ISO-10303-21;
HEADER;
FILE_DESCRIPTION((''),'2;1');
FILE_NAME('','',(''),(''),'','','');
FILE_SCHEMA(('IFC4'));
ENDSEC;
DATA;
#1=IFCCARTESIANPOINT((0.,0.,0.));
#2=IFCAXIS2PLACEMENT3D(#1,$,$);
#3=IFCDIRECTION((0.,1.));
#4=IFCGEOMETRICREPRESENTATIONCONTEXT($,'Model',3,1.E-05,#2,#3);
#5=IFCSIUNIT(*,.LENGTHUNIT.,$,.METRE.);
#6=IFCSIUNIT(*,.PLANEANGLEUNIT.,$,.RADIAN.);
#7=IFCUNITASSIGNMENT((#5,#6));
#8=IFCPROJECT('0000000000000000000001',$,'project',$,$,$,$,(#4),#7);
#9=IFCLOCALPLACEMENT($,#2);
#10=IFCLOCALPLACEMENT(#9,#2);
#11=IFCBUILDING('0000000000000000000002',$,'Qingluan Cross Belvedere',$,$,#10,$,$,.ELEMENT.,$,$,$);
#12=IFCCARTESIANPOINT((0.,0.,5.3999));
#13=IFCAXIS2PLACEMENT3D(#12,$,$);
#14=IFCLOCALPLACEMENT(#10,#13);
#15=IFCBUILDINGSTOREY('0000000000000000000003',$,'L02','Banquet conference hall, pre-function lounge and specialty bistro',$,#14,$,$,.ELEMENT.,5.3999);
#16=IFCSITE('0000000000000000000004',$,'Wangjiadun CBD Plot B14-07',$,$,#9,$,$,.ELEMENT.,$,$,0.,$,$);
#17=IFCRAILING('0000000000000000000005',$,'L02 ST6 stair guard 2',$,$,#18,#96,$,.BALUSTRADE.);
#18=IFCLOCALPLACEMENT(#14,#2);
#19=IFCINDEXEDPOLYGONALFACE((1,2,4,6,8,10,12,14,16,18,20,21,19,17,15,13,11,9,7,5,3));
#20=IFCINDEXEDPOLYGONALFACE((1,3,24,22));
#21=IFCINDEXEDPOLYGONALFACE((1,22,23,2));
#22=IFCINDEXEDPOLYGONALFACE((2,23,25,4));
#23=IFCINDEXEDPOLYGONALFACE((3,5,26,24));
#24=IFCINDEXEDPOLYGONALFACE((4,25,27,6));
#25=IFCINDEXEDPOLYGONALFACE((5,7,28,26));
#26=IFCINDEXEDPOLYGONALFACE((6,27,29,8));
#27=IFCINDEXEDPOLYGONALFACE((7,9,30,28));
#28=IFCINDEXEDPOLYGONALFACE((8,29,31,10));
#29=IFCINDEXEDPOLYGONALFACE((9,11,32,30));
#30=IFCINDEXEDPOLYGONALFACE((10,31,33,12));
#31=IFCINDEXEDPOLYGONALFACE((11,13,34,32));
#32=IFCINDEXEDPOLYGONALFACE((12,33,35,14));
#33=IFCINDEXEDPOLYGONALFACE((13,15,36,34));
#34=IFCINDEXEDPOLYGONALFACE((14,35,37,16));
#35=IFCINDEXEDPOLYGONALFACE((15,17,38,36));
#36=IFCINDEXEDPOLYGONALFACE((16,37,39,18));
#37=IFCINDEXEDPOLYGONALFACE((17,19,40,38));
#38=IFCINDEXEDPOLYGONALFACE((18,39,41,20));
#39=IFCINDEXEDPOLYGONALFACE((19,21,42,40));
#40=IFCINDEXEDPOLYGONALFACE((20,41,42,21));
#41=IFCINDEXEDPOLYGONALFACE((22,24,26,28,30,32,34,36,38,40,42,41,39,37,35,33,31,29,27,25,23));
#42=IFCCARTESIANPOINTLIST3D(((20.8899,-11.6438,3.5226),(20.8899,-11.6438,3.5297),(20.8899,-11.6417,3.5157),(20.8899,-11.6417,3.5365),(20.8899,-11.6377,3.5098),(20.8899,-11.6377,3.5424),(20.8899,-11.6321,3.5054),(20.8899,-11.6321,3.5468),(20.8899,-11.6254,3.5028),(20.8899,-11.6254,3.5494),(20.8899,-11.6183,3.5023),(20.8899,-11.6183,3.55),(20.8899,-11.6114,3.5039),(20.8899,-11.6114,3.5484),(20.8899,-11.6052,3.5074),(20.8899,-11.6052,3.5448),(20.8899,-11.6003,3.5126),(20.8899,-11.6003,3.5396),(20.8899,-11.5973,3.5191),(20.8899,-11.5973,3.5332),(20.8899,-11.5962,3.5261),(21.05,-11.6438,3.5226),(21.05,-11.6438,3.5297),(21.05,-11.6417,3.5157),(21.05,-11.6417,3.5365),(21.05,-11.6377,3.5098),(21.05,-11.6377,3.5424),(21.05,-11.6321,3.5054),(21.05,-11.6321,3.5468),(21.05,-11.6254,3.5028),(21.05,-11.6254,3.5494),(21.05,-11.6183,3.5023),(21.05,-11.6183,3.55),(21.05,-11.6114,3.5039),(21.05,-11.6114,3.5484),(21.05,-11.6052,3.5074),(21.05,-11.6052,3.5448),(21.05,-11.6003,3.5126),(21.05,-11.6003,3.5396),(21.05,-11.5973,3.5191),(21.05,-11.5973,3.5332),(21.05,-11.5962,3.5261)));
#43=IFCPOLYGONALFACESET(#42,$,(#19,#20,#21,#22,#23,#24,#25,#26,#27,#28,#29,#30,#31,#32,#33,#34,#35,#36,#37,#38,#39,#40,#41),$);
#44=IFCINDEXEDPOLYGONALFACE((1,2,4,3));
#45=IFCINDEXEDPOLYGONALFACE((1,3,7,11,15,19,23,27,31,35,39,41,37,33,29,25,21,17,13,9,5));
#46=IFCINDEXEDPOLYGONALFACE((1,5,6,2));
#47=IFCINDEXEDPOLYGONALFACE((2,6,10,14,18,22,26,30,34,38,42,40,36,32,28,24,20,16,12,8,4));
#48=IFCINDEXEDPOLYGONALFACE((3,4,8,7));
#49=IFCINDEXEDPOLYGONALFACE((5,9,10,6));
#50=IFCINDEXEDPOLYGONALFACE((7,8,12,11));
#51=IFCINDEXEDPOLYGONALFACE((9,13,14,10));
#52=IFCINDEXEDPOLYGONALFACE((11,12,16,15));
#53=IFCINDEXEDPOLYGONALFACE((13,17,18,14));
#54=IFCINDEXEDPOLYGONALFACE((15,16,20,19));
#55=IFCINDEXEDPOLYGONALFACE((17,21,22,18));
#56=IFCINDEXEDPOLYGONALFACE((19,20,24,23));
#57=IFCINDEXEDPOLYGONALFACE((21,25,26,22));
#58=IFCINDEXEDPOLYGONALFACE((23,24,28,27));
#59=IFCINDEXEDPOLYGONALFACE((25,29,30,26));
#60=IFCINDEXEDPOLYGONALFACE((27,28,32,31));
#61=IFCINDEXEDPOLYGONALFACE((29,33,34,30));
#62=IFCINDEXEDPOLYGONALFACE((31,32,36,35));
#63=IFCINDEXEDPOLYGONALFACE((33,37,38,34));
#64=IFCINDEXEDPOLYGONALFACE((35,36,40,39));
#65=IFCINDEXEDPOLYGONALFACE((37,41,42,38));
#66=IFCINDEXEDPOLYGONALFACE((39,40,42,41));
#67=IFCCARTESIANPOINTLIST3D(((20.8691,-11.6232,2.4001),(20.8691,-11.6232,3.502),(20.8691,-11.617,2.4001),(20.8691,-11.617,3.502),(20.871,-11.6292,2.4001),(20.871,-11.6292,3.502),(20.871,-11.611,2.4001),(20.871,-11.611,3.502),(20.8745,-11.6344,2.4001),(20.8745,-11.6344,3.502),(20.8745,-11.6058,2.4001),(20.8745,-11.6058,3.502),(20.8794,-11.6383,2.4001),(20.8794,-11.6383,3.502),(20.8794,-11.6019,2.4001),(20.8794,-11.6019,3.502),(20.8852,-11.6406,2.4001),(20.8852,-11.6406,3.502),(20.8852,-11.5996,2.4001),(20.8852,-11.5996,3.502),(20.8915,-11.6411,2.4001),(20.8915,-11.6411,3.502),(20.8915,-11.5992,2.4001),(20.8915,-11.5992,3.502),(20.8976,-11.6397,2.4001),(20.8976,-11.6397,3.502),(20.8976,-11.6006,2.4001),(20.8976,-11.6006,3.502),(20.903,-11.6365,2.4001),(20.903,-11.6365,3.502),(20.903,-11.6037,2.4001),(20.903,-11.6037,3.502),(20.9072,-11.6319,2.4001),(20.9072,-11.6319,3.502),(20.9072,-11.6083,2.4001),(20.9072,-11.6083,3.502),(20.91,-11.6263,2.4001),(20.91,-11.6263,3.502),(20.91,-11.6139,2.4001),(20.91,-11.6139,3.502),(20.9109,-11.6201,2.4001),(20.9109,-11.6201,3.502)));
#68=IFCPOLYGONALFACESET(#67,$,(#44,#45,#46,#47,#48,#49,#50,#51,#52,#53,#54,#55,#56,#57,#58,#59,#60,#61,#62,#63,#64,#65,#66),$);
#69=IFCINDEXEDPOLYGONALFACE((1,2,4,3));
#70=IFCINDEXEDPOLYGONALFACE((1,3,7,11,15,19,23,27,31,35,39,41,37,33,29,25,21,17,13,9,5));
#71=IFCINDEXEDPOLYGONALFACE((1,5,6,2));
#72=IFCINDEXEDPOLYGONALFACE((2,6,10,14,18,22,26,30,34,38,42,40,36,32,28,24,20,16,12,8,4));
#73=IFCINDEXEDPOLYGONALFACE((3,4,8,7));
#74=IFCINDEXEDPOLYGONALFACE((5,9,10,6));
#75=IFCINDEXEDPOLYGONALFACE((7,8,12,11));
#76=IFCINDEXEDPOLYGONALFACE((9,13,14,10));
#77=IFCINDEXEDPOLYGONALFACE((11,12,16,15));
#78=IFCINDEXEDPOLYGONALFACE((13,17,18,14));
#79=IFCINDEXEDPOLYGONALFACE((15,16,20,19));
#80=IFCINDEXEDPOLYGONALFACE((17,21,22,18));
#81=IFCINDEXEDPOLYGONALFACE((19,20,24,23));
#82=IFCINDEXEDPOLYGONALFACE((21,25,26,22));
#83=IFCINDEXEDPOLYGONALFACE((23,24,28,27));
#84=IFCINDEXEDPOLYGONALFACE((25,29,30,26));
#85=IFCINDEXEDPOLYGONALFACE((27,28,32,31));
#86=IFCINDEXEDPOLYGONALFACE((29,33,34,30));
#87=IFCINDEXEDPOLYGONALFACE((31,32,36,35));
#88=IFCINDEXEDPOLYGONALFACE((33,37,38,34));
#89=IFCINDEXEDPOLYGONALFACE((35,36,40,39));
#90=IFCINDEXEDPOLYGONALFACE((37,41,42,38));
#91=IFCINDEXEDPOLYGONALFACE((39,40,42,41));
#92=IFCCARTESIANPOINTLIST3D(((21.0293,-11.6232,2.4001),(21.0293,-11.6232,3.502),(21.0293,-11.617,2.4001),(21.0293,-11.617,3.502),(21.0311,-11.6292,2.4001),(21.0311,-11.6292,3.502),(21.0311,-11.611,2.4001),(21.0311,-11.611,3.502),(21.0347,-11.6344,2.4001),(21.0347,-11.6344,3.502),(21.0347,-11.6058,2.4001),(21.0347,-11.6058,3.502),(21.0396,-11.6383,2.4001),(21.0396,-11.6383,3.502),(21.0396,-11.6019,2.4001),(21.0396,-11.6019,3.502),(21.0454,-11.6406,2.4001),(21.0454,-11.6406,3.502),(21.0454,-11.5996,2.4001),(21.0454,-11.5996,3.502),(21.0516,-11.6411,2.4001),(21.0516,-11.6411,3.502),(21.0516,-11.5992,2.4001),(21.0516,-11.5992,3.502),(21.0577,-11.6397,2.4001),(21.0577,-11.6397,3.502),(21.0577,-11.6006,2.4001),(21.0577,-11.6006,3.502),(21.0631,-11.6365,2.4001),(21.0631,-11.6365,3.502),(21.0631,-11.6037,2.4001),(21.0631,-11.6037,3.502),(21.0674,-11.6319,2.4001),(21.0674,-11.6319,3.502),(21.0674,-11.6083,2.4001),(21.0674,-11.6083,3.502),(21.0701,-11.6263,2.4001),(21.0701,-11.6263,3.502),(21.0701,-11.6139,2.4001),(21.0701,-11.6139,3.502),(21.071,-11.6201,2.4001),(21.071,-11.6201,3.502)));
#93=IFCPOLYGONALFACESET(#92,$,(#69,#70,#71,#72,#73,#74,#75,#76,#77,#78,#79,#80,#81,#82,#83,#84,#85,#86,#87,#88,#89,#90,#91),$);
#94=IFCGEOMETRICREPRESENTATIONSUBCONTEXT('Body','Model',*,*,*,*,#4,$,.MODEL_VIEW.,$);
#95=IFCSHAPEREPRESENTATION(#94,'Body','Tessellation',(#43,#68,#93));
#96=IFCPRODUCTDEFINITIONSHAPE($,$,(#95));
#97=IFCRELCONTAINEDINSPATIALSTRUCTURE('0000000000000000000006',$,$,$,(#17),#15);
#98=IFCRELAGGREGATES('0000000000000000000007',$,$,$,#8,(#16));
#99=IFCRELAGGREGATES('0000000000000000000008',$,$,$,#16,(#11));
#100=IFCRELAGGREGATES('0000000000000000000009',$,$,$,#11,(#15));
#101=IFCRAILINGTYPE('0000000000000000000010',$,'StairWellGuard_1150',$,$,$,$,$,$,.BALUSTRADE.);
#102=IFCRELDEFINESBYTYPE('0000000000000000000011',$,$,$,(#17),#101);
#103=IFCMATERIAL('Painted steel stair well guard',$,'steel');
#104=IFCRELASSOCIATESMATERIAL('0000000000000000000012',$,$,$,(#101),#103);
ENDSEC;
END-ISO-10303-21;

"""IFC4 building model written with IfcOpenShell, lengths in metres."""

from ifc_helpers import new_model, si_unit, direction, frame, origin, origin_2d, place, context, subcontext, project, spatial, circle, extrude, material, type_object, element, save


model = new_model("IFC4")

# Units and contexts
model_context = context("Model", 3, precision=1e-05, world=origin(), true_north=direction((0.0, 1.0)))
body_context = subcontext(model_context, "Body", "Model", "MODEL_VIEW")
ifc_project = project(units=[si_unit("LENGTHUNIT", "METRE"), si_unit("PLANEANGLEUNIT", "RADIAN")], contexts=[model_context])

# Site, building, storey
site_placement = place(None, origin())
site = spatial("IfcSite", under=ifc_project, at=site_placement, Name="Wangjiadun CBD Plot B14-07", CompositionType="ELEMENT", RefElevation=0.0)
building_placement = place(site_placement, origin())
building = spatial("IfcBuilding", under=site, at=building_placement, Name="Qingluan Cross Belvedere", CompositionType="ELEMENT")
storey_placement = place(building_placement, frame((0.0, 0.0, 5.3999)))
storey = spatial("IfcBuildingStorey", under=building, at=storey_placement, Name="L02", Description="Banquet conference hall, pre-function lounge and specialty bistro", CompositionType="ELEMENT", Elevation=5.3999)

# Railing
ifc_material_1 = material(Name="Painted steel stair well guard", Category="steel")
railing_type_1 = type_object("IfcRailingType", Name="StairWellGuard_1150", PredefinedType="BALUSTRADE", material=ifc_material_1)
railing_1_placement = place(storey_placement, frame((20.8899, -11.6201, 2.4001)))
element("IfcRailing", 1, at=railing_1_placement, inside=storey, type_object=railing_type_1, Name="L02 ST6 stair guard 2", PredefinedType="BALUSTRADE", context=body_context, shape_type="SweptSolid", body=[
    extrude(circle(Radius=0.0239, at=origin_2d()), frame((0.0, 0.0, 1.126), z_axis=(1.0, 0.0, 0.0), x_axis=(0.0, 1.0, 0.0)), (0.0, 0.0, 1.0), 0.1602),
    extrude(circle(Radius=0.021, at=origin_2d()), origin(), (0.0, 0.0, 1.0), 1.1018),
    extrude(circle(Radius=0.021, at=origin_2d()), frame((0.1602, 0.0, 0.0)), (0.0, 0.0, 1.0), 1.1018),
])

save(model, "model.ifc")
